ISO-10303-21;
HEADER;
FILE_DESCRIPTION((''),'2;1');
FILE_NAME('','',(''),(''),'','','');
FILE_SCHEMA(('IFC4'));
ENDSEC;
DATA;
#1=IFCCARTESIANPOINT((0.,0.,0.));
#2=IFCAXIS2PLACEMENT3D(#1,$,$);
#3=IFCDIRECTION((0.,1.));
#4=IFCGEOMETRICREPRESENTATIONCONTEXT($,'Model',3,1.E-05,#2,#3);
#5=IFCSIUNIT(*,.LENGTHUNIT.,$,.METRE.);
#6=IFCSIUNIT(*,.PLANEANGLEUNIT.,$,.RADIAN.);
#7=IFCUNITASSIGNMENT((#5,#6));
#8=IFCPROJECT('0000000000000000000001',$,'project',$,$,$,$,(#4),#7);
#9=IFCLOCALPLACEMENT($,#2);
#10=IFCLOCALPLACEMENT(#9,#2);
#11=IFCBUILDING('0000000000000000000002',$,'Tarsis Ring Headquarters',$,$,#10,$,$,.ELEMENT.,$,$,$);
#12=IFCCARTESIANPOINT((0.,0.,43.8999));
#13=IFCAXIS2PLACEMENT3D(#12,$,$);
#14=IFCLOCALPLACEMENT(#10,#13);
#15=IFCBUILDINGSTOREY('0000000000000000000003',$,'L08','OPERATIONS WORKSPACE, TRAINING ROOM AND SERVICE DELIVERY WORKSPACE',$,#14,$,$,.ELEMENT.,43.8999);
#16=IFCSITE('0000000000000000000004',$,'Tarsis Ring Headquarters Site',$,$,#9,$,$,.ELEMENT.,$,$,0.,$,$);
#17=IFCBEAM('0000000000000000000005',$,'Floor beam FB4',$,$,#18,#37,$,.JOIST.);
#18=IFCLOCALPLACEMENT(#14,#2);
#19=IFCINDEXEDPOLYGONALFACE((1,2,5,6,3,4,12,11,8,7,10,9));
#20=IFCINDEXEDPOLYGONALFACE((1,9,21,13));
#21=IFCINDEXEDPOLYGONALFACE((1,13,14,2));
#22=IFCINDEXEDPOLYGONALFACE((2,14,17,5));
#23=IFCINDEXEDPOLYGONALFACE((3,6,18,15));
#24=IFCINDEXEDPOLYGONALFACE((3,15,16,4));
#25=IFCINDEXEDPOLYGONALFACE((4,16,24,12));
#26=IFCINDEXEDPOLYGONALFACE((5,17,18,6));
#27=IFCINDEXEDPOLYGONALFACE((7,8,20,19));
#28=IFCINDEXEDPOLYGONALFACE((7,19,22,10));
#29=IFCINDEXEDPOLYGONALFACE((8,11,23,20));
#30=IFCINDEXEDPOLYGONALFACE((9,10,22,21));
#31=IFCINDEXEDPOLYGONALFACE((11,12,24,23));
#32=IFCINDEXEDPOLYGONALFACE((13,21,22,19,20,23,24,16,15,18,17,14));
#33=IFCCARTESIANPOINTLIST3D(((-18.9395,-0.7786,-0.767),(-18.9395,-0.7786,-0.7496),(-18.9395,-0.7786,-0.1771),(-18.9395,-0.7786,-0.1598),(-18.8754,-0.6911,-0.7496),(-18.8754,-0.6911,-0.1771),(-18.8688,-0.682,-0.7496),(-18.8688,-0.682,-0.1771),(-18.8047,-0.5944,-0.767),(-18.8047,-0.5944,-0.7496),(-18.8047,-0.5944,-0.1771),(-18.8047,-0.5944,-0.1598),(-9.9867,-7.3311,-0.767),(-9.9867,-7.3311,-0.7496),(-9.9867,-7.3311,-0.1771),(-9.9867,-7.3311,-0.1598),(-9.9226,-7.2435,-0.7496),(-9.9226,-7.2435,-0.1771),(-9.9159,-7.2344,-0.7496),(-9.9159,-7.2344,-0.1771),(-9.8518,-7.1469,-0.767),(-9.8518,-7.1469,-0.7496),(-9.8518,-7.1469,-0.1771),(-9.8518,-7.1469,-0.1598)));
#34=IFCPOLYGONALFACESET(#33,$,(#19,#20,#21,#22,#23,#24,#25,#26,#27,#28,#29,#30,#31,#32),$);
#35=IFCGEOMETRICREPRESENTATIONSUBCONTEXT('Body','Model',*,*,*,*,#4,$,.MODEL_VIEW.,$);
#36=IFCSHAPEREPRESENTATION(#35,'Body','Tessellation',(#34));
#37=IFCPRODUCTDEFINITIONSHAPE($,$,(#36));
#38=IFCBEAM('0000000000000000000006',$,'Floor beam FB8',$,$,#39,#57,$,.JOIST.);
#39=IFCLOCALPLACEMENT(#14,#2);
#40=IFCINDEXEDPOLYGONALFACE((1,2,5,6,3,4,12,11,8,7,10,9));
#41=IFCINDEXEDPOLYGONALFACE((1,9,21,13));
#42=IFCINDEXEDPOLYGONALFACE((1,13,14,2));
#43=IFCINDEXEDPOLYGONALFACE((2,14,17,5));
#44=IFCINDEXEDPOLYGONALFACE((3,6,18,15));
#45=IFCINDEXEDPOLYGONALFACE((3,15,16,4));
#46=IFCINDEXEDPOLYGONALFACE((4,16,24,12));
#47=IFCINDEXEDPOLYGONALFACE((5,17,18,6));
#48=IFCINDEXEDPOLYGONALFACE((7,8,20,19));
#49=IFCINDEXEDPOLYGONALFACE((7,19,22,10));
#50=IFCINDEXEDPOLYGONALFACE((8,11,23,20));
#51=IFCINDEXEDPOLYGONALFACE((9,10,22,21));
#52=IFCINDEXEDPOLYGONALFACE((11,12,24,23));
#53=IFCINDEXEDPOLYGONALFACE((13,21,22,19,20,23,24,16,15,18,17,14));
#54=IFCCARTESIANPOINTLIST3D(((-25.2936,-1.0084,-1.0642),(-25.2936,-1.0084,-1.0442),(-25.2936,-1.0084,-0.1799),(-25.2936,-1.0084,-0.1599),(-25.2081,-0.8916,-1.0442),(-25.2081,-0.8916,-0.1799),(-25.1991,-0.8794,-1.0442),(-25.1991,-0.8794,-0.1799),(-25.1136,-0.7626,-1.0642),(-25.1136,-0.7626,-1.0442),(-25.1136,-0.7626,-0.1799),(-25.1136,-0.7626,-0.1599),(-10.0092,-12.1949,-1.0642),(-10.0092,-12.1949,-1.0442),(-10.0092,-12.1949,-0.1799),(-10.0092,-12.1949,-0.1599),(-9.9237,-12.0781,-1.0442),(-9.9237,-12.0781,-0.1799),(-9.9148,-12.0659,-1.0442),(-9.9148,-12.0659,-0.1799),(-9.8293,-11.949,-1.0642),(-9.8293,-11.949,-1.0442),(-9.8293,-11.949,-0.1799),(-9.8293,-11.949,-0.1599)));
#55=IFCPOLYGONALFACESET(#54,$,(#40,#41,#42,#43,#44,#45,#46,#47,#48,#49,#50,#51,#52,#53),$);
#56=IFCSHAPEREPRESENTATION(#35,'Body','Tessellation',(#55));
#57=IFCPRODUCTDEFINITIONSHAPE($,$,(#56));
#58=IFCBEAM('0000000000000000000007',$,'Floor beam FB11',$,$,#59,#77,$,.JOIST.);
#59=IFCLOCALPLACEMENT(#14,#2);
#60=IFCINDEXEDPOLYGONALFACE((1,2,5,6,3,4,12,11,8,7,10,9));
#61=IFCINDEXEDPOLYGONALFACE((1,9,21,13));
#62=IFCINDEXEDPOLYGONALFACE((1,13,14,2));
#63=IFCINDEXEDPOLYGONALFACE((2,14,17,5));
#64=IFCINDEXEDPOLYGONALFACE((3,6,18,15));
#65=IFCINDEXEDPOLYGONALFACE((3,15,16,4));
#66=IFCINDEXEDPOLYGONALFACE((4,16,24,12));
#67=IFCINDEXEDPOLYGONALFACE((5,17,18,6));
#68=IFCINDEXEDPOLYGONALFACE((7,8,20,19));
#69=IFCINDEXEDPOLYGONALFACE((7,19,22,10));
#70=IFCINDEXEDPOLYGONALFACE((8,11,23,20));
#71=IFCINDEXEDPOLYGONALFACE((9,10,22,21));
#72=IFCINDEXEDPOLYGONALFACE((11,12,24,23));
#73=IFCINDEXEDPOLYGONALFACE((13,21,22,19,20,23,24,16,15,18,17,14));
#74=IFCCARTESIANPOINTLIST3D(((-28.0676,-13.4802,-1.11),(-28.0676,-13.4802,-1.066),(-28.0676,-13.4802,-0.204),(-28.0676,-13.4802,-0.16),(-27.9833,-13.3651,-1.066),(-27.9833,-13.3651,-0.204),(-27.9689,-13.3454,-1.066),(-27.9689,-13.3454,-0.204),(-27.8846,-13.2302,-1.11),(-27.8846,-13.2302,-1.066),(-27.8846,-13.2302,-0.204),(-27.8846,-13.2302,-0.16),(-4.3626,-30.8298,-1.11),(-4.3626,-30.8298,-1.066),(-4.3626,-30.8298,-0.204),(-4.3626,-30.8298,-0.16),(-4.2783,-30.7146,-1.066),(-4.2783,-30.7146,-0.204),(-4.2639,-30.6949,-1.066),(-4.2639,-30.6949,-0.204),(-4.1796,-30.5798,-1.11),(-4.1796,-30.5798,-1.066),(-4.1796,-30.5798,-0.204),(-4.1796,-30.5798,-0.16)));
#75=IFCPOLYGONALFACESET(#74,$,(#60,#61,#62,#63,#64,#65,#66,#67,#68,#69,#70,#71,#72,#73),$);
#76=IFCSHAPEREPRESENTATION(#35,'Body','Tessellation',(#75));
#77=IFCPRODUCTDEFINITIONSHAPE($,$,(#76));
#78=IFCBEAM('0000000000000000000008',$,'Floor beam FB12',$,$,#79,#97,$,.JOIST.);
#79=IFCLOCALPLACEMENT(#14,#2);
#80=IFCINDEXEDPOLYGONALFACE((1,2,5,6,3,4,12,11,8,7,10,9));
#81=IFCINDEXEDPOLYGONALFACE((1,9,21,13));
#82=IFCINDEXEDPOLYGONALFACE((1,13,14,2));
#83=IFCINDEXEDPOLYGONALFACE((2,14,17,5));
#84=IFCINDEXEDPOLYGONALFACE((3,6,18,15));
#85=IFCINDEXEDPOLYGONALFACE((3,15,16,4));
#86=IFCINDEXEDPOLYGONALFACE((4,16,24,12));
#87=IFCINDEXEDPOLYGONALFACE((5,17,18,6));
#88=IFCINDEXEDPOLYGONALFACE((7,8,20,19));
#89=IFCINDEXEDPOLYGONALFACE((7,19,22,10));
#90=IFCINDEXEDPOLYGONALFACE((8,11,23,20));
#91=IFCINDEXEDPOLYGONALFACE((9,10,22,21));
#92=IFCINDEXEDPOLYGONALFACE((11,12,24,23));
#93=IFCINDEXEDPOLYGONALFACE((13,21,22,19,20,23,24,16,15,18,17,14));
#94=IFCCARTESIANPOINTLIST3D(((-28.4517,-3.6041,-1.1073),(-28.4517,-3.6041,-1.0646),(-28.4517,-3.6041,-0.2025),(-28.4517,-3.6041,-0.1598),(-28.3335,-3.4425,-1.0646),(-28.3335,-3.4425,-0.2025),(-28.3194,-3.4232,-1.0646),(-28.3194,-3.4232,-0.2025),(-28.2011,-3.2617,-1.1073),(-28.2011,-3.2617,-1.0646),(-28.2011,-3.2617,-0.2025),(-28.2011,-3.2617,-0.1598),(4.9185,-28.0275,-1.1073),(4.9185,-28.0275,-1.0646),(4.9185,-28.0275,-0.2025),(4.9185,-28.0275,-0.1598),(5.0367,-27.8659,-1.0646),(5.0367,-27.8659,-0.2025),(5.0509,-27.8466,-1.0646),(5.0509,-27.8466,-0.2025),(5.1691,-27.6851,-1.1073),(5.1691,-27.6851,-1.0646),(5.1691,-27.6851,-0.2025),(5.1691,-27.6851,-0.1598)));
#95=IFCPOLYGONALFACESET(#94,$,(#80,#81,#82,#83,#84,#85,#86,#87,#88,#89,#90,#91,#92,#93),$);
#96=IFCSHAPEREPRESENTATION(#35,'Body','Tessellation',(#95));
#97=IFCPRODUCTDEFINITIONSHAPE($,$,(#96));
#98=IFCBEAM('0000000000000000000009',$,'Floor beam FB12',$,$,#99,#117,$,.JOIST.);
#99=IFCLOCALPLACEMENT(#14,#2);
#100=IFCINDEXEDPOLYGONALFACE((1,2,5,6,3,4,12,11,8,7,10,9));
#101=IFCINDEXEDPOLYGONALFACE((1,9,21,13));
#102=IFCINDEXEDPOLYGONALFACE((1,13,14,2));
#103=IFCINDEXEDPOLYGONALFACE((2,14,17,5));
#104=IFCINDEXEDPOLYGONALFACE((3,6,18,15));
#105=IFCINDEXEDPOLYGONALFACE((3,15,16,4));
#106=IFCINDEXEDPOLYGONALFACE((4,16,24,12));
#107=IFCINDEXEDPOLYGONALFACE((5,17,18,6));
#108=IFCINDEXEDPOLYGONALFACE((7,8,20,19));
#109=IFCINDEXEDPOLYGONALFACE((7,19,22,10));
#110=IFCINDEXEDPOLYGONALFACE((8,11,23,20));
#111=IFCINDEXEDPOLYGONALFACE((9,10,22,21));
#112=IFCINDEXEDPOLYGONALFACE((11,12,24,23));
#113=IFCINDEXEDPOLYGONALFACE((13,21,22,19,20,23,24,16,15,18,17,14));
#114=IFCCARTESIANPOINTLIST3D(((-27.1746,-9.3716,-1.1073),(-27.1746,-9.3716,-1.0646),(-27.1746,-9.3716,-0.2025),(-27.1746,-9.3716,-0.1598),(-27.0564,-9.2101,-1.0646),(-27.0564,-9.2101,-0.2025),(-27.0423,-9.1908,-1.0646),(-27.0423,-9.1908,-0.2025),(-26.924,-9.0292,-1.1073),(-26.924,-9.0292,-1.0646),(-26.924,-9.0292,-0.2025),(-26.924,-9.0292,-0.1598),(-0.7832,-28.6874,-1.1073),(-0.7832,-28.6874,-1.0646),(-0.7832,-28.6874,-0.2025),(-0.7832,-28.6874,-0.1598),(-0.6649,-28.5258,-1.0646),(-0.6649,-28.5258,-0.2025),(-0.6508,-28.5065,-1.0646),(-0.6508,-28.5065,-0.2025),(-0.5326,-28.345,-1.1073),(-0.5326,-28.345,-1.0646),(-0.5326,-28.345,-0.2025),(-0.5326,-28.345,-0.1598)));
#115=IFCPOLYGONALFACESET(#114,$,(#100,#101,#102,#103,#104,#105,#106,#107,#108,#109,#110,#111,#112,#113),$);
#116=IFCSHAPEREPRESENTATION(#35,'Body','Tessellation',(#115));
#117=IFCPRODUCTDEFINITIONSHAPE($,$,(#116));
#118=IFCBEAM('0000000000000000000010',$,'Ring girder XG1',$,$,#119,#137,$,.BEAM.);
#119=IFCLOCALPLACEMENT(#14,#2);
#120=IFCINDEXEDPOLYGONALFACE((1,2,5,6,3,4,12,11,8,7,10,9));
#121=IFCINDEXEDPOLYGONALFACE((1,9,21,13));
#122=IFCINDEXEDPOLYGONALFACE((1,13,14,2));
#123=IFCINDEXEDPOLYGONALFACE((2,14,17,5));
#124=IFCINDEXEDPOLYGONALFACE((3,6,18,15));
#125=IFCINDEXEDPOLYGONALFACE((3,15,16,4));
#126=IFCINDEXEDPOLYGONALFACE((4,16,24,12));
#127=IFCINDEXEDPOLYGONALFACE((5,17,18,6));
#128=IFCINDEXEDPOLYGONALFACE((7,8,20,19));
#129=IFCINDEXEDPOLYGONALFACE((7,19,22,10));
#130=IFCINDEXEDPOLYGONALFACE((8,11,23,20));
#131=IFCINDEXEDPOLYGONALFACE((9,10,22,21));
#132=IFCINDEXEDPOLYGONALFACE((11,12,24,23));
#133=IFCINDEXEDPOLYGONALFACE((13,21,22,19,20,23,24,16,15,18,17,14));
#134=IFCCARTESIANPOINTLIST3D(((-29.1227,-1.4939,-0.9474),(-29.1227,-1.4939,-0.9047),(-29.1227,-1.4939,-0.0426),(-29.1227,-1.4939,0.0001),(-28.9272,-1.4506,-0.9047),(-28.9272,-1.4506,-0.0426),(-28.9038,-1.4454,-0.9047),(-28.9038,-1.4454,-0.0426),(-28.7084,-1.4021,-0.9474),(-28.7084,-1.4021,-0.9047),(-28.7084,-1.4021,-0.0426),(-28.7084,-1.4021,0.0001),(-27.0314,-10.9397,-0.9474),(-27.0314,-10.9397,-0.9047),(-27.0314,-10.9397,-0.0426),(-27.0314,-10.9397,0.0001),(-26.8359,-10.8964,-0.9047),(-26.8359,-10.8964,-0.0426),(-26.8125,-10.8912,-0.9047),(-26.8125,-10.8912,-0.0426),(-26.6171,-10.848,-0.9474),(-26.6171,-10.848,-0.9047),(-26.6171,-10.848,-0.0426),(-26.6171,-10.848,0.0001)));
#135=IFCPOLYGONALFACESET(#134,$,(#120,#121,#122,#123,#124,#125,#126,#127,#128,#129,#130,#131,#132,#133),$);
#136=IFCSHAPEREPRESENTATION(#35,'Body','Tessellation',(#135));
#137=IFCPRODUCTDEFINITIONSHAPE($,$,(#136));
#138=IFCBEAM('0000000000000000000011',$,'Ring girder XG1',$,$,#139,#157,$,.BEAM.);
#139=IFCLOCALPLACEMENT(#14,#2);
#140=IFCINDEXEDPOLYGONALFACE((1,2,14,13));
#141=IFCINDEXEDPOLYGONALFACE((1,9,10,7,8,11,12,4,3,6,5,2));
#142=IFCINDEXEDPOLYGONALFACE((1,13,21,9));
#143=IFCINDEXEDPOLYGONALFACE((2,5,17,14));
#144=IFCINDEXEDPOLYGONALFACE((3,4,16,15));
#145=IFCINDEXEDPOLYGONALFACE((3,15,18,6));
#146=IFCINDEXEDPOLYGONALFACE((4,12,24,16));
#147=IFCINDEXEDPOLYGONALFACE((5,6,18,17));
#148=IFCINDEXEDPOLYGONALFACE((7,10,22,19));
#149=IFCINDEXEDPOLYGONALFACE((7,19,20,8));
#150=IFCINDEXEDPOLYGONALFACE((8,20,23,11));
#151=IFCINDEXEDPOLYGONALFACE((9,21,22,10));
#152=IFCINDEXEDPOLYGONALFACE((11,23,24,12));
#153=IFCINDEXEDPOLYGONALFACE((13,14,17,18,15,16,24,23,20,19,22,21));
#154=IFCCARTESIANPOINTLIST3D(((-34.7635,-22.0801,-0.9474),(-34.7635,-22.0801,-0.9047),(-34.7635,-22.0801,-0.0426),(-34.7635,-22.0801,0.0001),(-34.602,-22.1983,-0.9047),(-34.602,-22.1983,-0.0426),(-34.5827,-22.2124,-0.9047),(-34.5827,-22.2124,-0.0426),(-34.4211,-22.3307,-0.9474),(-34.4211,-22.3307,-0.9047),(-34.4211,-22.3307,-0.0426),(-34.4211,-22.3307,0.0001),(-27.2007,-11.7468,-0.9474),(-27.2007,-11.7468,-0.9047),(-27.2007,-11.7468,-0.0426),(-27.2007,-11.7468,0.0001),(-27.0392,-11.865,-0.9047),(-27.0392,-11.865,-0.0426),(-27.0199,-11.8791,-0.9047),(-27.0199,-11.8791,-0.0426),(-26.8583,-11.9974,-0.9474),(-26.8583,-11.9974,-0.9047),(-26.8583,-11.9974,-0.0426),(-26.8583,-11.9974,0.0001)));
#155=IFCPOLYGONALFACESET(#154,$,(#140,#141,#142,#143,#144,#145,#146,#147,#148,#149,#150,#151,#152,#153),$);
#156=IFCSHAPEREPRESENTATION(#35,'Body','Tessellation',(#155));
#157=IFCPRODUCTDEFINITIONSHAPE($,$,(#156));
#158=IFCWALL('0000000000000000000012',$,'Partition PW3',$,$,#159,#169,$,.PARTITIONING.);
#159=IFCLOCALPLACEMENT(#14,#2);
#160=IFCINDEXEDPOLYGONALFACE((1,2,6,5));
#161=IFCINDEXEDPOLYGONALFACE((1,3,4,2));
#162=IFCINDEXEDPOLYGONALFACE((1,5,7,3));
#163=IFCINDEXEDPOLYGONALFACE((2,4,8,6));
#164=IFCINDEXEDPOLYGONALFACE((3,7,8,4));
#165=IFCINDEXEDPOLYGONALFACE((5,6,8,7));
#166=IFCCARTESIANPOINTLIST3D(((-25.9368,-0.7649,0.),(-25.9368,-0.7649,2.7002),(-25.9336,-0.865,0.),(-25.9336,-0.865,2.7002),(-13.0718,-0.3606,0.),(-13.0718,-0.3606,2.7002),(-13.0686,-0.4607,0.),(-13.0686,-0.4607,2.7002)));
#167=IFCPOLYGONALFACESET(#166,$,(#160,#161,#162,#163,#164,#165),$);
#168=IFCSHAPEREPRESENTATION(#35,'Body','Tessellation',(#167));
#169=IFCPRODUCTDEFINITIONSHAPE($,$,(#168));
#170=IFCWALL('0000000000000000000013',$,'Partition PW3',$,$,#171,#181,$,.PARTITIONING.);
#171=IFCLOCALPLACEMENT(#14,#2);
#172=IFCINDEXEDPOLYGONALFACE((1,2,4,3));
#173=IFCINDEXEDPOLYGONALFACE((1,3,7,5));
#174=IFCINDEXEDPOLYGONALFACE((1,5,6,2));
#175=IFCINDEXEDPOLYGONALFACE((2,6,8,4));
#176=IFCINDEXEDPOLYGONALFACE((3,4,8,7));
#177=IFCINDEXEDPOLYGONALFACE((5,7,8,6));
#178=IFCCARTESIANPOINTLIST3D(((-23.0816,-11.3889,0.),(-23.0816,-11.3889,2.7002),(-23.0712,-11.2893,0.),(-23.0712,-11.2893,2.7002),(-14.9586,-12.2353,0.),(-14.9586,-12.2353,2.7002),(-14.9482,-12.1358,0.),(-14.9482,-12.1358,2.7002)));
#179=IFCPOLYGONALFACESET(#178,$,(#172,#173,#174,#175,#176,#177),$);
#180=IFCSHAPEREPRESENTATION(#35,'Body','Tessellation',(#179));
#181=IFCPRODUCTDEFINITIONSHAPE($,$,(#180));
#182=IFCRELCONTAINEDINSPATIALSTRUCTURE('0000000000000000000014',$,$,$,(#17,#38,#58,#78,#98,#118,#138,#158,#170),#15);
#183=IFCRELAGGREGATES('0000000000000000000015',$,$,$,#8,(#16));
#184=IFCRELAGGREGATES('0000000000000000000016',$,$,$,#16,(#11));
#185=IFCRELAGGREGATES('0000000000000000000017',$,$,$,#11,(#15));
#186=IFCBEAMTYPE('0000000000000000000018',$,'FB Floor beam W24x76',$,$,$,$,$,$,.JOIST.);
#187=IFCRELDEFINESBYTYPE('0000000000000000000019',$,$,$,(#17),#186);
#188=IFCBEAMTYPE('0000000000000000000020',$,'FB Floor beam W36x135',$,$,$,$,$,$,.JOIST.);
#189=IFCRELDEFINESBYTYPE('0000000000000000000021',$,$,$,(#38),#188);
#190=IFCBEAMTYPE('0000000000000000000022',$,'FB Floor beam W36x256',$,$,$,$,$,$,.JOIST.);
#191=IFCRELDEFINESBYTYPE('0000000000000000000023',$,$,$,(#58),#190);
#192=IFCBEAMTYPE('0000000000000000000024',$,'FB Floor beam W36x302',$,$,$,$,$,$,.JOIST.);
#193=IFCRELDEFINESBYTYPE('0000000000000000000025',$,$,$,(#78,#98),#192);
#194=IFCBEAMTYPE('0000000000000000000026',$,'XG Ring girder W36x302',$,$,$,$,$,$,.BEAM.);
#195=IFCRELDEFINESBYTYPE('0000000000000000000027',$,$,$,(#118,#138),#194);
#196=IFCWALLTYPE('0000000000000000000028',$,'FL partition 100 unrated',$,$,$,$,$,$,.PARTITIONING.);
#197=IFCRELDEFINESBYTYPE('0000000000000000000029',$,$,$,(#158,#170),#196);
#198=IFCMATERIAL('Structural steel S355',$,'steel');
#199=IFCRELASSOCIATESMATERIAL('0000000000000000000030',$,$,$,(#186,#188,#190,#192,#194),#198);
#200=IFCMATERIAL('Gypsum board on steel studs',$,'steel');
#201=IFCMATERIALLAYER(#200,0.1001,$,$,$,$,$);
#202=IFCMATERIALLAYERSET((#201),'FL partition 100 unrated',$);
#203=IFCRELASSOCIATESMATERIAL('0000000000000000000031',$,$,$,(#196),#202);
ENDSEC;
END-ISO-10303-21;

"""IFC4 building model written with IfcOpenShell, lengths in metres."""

from ifc_helpers import new_model, si_unit, direction, frame, frame_2d, origin, origin_2d, place, context, subcontext, project, spatial, rectangle, i_section, extrude, material, layer, layer_set, material_profile, profile_set, type_object, element, save


model = new_model("IFC4")

# Units and contexts
model_context = context("Model", 3, precision=1e-05, world=origin(), true_north=direction((0.0, 1.0)))
body_context = subcontext(model_context, "Body", "Model", "MODEL_VIEW")
ifc_project = project(units=[si_unit("LENGTHUNIT", "METRE"), si_unit("PLANEANGLEUNIT", "RADIAN")], contexts=[model_context])

# Site, building, storey
site_placement = place(None, origin())
site = spatial("IfcSite", under=ifc_project, at=site_placement, Name="Tarsis Ring Headquarters Site", CompositionType="ELEMENT", RefElevation=0.0)
building_placement = place(site_placement, origin())
building = spatial("IfcBuilding", under=site, at=building_placement, Name="Tarsis Ring Headquarters", CompositionType="ELEMENT")
storey_placement = place(building_placement, frame((0.0, 0.0, 43.8999)))
storey = spatial("IfcBuildingStorey", under=building, at=storey_placement, Name="L08", Description="OPERATIONS WORKSPACE, TRAINING ROOM AND SERVICE DELIVERY WORKSPACE", CompositionType="ELEMENT", Elevation=43.8999)

# Beams
ifc_material_1 = material(Name="Structural steel S355", Category="steel")
ifc_material_profile_1 = material_profile(ifc_material_1, i_section(OverallWidth=0.2283, OverallDepth=0.6072, WebThickness=0.0112, FlangeThickness=0.0173, at=origin_2d()), Name="W24x76")
ifc_profile_set_1 = profile_set([ifc_material_profile_1], Name="Structural steel S355")
beam_type_1 = type_object("IfcBeamType", Name="FB Floor beam W24x76", PredefinedType="JOIST", material=ifc_profile_set_1)
beam_1_placement = place(storey_placement, frame((-18.8721, -0.6865, -0.4634), z_axis=(0.806962, -0.590604, 0.0), x_axis=(0.590604, 0.806962, 0.0)))
element("IfcBeam", 1, at=beam_1_placement, inside=storey, type_object=beam_type_1, Name="Floor beam FB4", PredefinedType="JOIST", context=body_context, shape_type="SweptSolid", body=[
    extrude(i_section(OverallWidth=0.2283, OverallDepth=0.6072, WebThickness=0.0112, FlangeThickness=0.0173, at=origin_2d()), origin(), (0.0, 0.0, 1.0), 11.0945),
])
ifc_material_profile_2 = material_profile(ifc_material_1, i_section(OverallWidth=0.3047, OverallDepth=0.9043, WebThickness=0.0151, FlangeThickness=0.02, at=origin_2d()), Name="W36x135")
ifc_profile_set_2 = profile_set([ifc_material_profile_2], Name="Structural steel S355")
beam_type_2 = type_object("IfcBeamType", Name="FB Floor beam W36x135", PredefinedType="JOIST", material=ifc_profile_set_2)
beam_2_placement = place(storey_placement, frame((-25.2036, -0.8855, -0.6121), z_axis=(0.80696, -0.590606, 0.0), x_axis=(0.590606, 0.80696, 0.0)))
element("IfcBeam", 2, at=beam_2_placement, inside=storey, type_object=beam_type_2, Name="Floor beam FB8", PredefinedType="JOIST", context=body_context, shape_type="SweptSolid", body=[
    extrude(i_section(OverallWidth=0.3047, OverallDepth=0.9043, WebThickness=0.0151, FlangeThickness=0.02, at=origin_2d()), origin(), (0.0, 0.0, 1.0), 18.9407),
])
ifc_material_profile_3 = material_profile(ifc_material_1, i_section(OverallWidth=0.3098, OverallDepth=0.95, WebThickness=0.0244, FlangeThickness=0.0439, at=origin_2d()), Name="W36x256")
ifc_profile_set_3 = profile_set([ifc_material_profile_3], Name="Structural steel S355")
beam_type_3 = type_object("IfcBeamType", Name="FB Floor beam W36x256", PredefinedType="JOIST", material=ifc_profile_set_3)
beam_3_placement = place(storey_placement, frame((-27.9761, -13.3552, -0.635), z_axis=(0.806958, -0.590608, 0.0), x_axis=(0.590608, 0.806958, 0.0)))
element("IfcBeam", 3, at=beam_3_placement, inside=storey, type_object=beam_type_3, Name="Floor beam FB11", PredefinedType="JOIST", context=body_context, shape_type="SweptSolid", body=[
    extrude(i_section(OverallWidth=0.3098, OverallDepth=0.95, WebThickness=0.0244, FlangeThickness=0.0439, at=origin_2d()), origin(), (0.0, 0.0, 1.0), 29.3757),
])
ifc_material_profile_4 = material_profile(ifc_material_1, i_section(OverallWidth=0.4243, OverallDepth=0.9475, WebThickness=0.0239, FlangeThickness=0.0427, at=origin_2d()), Name="W36x302")
ifc_profile_set_4 = profile_set([ifc_material_profile_4], Name="Structural steel S355")
beam_type_4 = type_object("IfcBeamType", Name="FB Floor beam W36x302", PredefinedType="JOIST", material=ifc_profile_set_4)
beam_4_placement = place(storey_placement, frame((-28.3264, -3.4329, -0.6335), z_axis=(0.806959, -0.590607, 0.0), x_axis=(0.590607, 0.806959, 0.0)))
element("IfcBeam", 4, at=beam_4_placement, inside=storey, type_object=beam_type_4, Name="Floor beam FB12", PredefinedType="JOIST", context=body_context, shape_type="SweptSolid", body=[
    extrude(i_section(OverallWidth=0.4243, OverallDepth=0.9475, WebThickness=0.0239, FlangeThickness=0.0427, at=origin_2d()), origin(), (0.0, 0.0, 1.0), 41.353),
])
beam_5_placement = place(storey_placement, frame((-27.0493, -9.2004, -0.6335), z_axis=(0.806959, -0.590608, 0.0), x_axis=(0.590608, 0.806959, 0.0)))
element("IfcBeam", 5, at=beam_5_placement, inside=storey, type_object=beam_type_4, Name="Floor beam FB12", PredefinedType="JOIST", context=body_context, shape_type="SweptSolid", body=[
    extrude(i_section(OverallWidth=0.4243, OverallDepth=0.9475, WebThickness=0.0239, FlangeThickness=0.0427, at=origin_2d()), origin(), (0.0, 0.0, 1.0), 32.7048),
])
beam_type_5 = type_object("IfcBeamType", Name="XG Ring girder W36x302", PredefinedType="BEAM", material=ifc_profile_set_4)
beam_6_placement = place(storey_placement, frame((-28.9155, -1.448, -0.4736), z_axis=(0.216166, -0.976357, 0.0), x_axis=(0.976357, 0.216166, 0.0)))
element("IfcBeam", 6, at=beam_6_placement, inside=storey, type_object=beam_type_5, Name="Ring girder XG1", PredefinedType="BEAM", context=body_context, shape_type="SweptSolid", body=[
    extrude(i_section(OverallWidth=0.4243, OverallDepth=0.9475, WebThickness=0.0239, FlangeThickness=0.0427, at=origin_2d()), origin(), (0.0, 0.0, 1.0), 9.6746),
])
beam_7_placement = place(storey_placement, frame((-27.0295, -11.8721, -0.4736), z_axis=(-0.590603, -0.806962, 0.0), x_axis=(0.806962, -0.590603, 0.0)))
element("IfcBeam", 7, at=beam_7_placement, inside=storey, type_object=beam_type_5, Name="Ring girder XG1", PredefinedType="BEAM", context=body_context, shape_type="SweptSolid", body=[
    extrude(i_section(OverallWidth=0.4243, OverallDepth=0.9475, WebThickness=0.0239, FlangeThickness=0.0427, at=origin_2d()), origin(), (0.0, 0.0, 1.0), 12.8052),
])

# Walls
ifc_material_2 = material(Name="Gypsum board on steel studs", Category="steel")
ifc_layer_1 = layer(ifc_material_2, 0.1001)
ifc_layer_set_1 = layer_set([ifc_layer_1], Name="FL partition 100 unrated")
wall_type_1 = type_object("IfcWallType", Name="FL partition 100 unrated", PredefinedType="PARTITIONING", material=ifc_layer_set_1)
wall_1_placement = place(storey_placement, frame((-25.9351, -0.8149, 0.0), z_axis=(0.0, 0.0, 1.0), x_axis=(0.999507, 0.031411, 0.0)))
element("IfcWall", 8, at=wall_1_placement, inside=storey, type_object=wall_type_1, Name="Partition PW3", PredefinedType="PARTITIONING", context=body_context, shape_type="SweptSolid", body=[
    extrude(rectangle(XDim=12.8713, YDim=0.1001, at=frame_2d((6.4355, 0.0))), origin(), (0.0, 0.0, 1.0), 2.7002),
])
wall_2_placement = place(storey_placement, frame((-23.0764, -11.3391, 0.0), z_axis=(0.0, 0.0, 1.0), x_axis=(0.994615, -0.103641, 0.0)))
element("IfcWall", 9, at=wall_2_placement, inside=storey, type_object=wall_type_1, Name="Partition PW3", PredefinedType="PARTITIONING", context=body_context, shape_type="SweptSolid", body=[
    extrude(rectangle(XDim=8.167, YDim=0.1001, at=frame_2d((4.0835, 0.0))), origin(), (0.0, 0.0, 1.0), 2.7002),
])

save(model, "model.ifc")
